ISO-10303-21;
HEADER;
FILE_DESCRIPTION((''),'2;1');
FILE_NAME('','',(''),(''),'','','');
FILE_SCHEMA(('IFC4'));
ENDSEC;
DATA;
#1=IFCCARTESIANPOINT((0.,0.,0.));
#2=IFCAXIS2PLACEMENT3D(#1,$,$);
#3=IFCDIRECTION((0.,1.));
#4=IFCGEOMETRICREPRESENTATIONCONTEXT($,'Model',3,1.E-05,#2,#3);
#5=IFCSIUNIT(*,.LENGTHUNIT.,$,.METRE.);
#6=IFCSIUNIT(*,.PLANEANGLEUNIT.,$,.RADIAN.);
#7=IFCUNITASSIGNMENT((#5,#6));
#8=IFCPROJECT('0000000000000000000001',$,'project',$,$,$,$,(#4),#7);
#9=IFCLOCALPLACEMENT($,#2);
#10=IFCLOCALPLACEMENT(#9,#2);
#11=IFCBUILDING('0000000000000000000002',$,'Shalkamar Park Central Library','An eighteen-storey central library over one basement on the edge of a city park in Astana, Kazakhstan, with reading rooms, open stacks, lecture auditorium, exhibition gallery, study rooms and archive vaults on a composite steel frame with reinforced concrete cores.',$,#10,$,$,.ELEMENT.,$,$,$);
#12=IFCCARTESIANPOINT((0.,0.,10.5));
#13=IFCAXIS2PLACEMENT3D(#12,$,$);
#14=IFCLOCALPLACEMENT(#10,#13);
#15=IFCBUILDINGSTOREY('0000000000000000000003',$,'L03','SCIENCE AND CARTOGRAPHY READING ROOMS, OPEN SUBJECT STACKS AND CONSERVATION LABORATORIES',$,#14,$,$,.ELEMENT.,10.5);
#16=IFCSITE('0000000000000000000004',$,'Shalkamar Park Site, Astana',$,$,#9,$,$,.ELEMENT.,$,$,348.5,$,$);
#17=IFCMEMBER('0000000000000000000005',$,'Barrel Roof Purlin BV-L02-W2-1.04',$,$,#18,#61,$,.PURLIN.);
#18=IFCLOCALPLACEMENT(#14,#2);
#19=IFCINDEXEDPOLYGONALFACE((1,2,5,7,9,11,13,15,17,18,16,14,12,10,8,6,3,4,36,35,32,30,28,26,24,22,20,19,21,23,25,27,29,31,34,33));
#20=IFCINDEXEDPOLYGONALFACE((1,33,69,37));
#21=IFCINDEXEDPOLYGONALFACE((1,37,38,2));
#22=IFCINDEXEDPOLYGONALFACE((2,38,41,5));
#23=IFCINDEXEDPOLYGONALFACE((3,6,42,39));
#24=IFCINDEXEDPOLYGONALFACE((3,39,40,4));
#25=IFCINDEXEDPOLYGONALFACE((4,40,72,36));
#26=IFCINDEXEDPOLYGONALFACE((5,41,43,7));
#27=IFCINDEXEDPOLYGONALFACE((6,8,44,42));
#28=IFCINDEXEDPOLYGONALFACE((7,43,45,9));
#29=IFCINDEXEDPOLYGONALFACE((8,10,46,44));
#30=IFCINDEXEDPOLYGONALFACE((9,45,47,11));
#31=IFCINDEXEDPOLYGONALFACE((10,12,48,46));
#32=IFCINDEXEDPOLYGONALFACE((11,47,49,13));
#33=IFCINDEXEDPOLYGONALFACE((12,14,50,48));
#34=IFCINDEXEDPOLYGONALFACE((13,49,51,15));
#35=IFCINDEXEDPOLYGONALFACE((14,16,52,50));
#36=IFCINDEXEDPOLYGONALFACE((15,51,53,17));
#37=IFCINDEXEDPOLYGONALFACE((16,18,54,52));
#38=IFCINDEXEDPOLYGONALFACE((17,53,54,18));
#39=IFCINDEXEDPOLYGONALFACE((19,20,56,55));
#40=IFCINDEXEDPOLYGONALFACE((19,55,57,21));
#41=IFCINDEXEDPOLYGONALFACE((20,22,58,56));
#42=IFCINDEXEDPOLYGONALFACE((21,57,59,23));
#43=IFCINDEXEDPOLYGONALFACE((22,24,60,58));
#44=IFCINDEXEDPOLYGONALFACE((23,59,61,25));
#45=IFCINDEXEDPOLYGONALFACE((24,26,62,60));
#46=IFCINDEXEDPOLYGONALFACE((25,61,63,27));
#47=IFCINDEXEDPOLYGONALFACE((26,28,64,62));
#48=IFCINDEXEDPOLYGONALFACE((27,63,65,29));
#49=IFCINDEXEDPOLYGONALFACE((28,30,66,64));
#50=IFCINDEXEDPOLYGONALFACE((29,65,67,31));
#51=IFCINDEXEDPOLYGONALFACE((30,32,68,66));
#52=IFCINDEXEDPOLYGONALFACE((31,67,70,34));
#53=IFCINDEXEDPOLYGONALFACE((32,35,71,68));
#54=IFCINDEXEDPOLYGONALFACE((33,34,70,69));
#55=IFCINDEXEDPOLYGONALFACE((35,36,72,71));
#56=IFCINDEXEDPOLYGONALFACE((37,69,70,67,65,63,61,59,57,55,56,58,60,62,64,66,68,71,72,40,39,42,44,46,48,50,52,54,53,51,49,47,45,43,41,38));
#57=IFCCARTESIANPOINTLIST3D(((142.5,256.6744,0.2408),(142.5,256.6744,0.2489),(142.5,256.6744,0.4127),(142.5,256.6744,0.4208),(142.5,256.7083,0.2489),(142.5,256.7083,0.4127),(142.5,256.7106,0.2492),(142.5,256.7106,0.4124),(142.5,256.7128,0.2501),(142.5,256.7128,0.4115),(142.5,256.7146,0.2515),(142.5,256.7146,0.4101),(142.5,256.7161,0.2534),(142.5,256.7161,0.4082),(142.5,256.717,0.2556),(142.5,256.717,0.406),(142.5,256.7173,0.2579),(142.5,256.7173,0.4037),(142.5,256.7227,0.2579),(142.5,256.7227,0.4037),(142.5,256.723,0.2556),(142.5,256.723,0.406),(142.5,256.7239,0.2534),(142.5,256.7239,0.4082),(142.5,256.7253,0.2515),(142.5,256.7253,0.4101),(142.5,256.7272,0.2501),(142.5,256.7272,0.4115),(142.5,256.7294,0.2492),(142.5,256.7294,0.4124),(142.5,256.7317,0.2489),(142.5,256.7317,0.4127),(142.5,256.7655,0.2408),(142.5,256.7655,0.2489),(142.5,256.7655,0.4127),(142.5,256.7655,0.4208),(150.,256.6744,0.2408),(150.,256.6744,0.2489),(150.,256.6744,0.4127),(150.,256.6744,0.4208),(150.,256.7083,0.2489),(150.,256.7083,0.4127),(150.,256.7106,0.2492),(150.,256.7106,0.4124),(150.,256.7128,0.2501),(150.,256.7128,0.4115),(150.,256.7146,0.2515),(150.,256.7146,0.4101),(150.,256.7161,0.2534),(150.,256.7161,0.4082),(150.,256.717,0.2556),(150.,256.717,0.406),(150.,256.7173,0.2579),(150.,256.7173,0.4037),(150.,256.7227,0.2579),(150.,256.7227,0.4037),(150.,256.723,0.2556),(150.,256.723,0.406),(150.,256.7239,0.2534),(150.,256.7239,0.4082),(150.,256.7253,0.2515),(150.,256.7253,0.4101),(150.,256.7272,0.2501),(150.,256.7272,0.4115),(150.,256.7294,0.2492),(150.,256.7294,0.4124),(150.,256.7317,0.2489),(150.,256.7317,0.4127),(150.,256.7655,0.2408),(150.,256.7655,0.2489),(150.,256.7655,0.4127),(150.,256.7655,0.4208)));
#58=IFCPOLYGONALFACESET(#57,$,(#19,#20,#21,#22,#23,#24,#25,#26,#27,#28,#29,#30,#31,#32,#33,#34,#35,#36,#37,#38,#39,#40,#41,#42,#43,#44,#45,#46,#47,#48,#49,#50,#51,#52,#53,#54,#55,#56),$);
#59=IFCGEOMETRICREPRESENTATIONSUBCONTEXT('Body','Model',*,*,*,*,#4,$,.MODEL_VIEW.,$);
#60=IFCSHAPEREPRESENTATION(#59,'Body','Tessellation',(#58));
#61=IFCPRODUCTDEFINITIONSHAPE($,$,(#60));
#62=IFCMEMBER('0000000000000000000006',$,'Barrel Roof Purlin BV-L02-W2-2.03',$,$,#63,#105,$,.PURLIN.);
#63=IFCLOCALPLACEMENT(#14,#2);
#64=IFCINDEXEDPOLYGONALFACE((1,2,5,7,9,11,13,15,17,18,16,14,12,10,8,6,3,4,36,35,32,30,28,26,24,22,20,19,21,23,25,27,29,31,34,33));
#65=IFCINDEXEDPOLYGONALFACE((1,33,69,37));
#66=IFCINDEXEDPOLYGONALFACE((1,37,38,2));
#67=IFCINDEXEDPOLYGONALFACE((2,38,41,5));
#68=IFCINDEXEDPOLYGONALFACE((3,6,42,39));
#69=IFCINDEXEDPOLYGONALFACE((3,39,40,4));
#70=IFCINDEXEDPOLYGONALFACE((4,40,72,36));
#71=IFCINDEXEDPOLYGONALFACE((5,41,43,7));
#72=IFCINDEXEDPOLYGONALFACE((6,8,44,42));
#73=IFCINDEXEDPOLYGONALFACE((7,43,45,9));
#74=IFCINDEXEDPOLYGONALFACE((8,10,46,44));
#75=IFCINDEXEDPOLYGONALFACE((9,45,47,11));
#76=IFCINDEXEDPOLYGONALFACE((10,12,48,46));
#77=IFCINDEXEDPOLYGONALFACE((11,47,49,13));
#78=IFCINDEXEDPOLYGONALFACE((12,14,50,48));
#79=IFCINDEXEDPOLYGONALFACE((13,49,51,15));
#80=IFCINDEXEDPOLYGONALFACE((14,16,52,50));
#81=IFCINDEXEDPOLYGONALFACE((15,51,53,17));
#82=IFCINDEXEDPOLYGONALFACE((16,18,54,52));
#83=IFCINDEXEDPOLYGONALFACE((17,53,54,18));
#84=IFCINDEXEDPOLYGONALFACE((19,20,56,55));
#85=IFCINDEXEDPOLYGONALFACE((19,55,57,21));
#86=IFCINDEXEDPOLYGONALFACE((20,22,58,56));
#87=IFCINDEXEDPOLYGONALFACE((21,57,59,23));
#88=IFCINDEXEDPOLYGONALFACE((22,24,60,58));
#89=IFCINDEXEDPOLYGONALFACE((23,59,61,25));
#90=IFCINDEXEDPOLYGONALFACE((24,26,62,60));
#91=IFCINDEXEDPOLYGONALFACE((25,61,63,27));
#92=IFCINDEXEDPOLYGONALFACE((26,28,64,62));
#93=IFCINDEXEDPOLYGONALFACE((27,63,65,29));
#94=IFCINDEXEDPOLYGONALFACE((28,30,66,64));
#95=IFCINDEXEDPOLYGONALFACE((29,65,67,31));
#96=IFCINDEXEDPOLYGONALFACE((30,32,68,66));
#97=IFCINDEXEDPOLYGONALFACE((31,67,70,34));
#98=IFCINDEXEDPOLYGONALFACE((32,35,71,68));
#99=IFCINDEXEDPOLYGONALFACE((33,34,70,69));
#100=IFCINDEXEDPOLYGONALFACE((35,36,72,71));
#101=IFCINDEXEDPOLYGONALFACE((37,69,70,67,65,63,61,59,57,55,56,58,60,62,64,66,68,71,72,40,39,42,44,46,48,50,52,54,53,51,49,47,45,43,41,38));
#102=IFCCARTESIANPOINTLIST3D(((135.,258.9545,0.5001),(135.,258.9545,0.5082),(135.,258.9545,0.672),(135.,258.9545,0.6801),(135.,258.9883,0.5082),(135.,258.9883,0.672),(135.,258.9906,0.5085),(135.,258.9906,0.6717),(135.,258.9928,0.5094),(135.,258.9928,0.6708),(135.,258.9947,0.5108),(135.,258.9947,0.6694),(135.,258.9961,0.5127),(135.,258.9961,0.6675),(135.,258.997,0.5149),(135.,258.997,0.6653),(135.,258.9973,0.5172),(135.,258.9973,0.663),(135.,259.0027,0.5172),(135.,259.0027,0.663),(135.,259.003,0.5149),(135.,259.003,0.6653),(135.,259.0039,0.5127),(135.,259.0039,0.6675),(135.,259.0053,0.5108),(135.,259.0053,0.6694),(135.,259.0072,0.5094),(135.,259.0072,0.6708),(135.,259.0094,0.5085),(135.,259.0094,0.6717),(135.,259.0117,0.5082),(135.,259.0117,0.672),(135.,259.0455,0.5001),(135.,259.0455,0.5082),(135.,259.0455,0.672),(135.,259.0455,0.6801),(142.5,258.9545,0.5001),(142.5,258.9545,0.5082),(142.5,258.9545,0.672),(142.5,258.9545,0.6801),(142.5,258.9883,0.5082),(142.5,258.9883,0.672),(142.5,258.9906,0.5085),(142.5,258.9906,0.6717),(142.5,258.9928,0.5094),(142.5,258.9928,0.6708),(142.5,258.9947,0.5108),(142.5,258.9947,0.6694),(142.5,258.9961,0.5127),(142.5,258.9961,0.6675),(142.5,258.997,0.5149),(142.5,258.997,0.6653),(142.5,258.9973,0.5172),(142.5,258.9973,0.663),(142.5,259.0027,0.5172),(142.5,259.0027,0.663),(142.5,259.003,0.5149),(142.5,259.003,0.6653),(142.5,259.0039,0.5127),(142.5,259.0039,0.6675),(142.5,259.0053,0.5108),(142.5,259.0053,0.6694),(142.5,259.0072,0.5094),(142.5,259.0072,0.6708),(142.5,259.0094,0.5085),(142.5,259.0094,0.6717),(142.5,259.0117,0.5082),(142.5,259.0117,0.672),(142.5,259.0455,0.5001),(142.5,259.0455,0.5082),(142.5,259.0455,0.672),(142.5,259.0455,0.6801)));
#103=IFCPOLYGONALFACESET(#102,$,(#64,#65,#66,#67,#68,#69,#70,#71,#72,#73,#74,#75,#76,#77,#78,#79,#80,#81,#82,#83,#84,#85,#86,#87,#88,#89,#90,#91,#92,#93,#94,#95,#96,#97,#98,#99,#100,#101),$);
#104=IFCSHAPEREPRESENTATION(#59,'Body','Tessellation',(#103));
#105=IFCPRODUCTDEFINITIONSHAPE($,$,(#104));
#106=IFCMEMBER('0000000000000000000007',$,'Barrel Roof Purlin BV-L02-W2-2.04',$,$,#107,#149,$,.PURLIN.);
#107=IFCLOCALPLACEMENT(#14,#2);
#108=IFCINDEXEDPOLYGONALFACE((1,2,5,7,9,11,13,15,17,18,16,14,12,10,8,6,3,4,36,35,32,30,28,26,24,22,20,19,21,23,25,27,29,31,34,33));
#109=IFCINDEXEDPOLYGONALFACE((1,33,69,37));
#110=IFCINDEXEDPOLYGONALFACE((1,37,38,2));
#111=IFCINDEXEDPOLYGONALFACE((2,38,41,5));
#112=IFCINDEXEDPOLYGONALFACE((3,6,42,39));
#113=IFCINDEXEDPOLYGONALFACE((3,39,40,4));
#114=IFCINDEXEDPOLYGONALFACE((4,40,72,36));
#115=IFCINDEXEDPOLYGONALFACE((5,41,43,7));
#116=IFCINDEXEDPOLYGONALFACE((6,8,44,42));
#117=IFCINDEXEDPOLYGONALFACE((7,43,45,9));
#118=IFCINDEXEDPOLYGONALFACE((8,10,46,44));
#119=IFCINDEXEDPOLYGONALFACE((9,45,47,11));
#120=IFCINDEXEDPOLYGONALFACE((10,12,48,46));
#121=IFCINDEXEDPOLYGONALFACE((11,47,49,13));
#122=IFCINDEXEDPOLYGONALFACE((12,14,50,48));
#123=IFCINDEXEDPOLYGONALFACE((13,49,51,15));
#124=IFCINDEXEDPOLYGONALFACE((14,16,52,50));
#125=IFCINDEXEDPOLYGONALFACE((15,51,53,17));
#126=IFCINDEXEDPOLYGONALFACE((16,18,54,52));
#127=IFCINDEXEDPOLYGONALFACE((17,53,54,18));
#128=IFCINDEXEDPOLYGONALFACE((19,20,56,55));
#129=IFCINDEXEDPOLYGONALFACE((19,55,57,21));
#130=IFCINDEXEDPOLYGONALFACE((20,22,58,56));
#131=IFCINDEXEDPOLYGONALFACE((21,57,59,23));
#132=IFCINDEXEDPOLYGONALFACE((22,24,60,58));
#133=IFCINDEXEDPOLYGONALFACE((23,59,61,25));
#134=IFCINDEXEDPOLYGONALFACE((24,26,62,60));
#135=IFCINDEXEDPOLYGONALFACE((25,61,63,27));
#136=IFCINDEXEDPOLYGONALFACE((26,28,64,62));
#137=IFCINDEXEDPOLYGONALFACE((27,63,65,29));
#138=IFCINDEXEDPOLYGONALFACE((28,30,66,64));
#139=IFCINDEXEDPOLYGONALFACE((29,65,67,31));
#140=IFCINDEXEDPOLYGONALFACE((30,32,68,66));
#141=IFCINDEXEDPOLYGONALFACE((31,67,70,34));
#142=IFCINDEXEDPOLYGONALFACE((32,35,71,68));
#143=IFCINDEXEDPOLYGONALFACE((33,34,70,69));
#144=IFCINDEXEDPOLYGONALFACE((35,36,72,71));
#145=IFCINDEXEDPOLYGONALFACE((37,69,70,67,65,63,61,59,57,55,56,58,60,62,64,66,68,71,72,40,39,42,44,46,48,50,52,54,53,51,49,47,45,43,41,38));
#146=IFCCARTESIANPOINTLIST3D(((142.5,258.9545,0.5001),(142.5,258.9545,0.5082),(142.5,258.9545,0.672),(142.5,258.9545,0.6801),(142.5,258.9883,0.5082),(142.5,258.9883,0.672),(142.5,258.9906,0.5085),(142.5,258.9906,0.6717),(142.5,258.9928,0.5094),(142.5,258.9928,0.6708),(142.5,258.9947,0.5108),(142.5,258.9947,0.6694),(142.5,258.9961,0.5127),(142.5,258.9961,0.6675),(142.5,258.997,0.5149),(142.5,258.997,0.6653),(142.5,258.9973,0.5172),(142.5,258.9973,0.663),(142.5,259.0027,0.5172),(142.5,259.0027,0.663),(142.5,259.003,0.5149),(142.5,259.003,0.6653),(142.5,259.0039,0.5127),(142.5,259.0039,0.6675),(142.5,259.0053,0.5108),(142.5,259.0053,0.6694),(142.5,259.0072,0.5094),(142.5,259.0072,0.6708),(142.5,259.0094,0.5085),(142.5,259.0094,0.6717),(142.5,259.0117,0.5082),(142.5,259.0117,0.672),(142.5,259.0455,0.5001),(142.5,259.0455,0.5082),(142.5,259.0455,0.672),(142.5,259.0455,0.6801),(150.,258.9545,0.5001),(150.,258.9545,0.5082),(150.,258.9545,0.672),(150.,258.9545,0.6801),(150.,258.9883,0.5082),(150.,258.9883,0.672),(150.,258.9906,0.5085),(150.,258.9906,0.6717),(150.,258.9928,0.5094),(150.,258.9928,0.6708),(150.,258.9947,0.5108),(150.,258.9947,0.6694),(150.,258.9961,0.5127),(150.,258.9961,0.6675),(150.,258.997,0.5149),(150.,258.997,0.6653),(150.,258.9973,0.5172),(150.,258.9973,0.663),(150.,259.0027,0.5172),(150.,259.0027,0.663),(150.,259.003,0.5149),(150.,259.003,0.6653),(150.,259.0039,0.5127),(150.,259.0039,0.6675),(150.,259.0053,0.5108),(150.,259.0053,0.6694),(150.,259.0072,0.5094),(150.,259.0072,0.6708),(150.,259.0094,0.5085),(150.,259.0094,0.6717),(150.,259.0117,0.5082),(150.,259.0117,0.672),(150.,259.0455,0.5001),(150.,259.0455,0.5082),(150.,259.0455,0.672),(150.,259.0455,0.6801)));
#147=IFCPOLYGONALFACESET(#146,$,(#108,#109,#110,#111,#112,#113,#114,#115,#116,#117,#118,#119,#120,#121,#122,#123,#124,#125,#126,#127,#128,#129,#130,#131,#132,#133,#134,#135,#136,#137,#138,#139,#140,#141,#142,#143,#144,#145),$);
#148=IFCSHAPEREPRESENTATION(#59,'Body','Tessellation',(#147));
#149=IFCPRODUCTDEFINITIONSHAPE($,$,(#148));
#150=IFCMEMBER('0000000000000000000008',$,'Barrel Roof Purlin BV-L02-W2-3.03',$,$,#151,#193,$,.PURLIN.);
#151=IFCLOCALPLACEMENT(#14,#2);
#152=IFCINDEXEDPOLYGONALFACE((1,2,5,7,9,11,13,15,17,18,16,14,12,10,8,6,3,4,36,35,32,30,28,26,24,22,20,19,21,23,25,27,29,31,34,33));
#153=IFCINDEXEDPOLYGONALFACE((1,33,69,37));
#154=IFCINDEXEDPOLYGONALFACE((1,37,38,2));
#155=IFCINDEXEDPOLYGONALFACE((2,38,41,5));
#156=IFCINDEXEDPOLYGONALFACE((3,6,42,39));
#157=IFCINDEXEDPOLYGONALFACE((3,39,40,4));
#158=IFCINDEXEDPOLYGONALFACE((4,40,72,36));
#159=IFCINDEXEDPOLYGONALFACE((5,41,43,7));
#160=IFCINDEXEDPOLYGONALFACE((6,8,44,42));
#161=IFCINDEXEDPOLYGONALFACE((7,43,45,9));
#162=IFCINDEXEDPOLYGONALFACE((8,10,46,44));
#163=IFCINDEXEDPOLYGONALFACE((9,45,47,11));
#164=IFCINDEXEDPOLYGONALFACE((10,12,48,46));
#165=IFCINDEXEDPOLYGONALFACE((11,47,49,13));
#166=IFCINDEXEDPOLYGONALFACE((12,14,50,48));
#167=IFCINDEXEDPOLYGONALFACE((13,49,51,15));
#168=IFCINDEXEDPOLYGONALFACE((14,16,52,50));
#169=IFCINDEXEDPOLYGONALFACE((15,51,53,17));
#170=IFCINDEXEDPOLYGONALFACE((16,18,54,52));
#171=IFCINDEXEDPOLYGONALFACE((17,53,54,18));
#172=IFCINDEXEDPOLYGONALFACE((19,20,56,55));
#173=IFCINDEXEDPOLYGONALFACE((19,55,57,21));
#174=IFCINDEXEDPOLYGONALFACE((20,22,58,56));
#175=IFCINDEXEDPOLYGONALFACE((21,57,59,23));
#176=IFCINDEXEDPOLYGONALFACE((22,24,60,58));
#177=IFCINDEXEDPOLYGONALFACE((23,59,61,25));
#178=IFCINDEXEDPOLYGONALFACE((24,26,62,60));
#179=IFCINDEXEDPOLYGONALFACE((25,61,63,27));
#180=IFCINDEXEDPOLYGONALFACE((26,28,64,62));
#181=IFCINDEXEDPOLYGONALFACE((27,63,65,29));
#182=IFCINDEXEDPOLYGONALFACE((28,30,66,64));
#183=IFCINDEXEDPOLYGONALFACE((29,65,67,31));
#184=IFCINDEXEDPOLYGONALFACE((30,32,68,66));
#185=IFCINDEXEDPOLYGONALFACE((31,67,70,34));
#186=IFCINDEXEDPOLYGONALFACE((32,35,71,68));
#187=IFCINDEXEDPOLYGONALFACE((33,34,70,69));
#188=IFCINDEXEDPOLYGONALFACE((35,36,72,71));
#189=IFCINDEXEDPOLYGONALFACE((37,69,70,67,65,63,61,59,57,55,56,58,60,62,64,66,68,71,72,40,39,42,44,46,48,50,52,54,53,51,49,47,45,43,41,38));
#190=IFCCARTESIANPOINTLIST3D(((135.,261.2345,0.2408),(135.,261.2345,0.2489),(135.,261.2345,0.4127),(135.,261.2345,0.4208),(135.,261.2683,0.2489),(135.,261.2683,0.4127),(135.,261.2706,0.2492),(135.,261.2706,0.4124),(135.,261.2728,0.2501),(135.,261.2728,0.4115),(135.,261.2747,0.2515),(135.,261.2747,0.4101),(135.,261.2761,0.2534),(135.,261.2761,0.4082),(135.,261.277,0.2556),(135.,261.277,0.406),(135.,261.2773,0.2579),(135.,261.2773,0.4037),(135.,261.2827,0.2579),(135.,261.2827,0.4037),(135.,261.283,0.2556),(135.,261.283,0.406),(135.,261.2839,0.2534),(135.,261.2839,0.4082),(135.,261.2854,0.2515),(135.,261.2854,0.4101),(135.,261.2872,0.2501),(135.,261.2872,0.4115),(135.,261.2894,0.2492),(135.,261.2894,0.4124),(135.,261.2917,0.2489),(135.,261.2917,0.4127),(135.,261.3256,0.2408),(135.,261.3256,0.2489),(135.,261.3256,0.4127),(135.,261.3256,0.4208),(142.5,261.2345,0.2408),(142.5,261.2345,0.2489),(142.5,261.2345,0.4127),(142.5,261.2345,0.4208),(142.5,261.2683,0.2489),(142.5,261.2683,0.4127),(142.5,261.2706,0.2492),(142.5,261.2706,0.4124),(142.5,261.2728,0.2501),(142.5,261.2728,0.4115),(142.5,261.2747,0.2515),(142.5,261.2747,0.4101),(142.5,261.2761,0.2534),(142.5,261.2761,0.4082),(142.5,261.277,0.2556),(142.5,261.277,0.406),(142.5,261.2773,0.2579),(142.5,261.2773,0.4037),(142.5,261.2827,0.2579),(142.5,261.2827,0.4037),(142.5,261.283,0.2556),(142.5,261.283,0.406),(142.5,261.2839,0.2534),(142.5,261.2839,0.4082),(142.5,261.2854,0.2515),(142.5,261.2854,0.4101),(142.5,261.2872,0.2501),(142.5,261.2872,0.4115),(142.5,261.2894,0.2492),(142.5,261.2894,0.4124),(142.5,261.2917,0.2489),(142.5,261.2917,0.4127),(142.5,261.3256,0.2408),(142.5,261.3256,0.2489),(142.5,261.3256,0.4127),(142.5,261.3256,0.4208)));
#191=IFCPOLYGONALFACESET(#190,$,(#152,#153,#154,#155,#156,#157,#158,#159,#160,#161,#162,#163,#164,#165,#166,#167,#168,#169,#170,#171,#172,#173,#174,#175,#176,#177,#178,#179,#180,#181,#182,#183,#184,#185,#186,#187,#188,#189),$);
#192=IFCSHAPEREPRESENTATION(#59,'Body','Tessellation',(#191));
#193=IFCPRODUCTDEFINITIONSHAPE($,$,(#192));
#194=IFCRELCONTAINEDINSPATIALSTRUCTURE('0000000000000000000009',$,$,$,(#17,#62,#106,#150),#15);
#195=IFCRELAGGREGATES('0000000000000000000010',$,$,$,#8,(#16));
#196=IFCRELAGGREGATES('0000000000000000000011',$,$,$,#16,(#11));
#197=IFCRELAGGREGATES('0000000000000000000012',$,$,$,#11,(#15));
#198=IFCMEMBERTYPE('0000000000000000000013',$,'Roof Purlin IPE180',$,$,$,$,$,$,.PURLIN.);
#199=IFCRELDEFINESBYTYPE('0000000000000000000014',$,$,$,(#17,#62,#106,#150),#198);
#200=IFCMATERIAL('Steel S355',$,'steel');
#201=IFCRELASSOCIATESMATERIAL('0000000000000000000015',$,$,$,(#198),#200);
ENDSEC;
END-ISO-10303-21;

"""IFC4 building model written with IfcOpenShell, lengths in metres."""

from ifc_helpers import new_model, si_unit, direction, frame, origin, origin_2d, place, context, subcontext, project, spatial, i_section, extrude, material, material_profile, profile_set, type_object, element, save


model = new_model("IFC4")

# Units and contexts
model_context = context("Model", 3, precision=1e-05, world=origin(), true_north=direction((0.0, 1.0)))
body_context = subcontext(model_context, "Body", "Model", "MODEL_VIEW")
ifc_project = project(units=[si_unit("LENGTHUNIT", "METRE"), si_unit("PLANEANGLEUNIT", "RADIAN")], contexts=[model_context])

# Site, building, storey
site_placement = place(None, origin())
site = spatial("IfcSite", under=ifc_project, at=site_placement, Name="Shalkamar Park Site, Astana", CompositionType="ELEMENT", RefElevation=348.5)
building_placement = place(site_placement, origin())
building = spatial("IfcBuilding", under=site, at=building_placement, Name="Shalkamar Park Central Library", Description="An eighteen-storey central library over one basement on the edge of a city park in Astana, Kazakhstan, with reading rooms, open stacks, lecture auditorium, exhibition gallery, study rooms and archive vaults on a composite steel frame with reinforced concrete cores.", CompositionType="ELEMENT")
storey_placement = place(building_placement, frame((0.0, 0.0, 10.5)))
storey = spatial("IfcBuildingStorey", under=building, at=storey_placement, Name="L03", Description="SCIENCE AND CARTOGRAPHY READING ROOMS, OPEN SUBJECT STACKS AND CONSERVATION LABORATORIES", CompositionType="ELEMENT", Elevation=10.5)

# Members
ifc_material_1 = material(Name="Steel S355", Category="steel")
ifc_material_profile_1 = material_profile(ifc_material_1, i_section(OverallWidth=0.0911, OverallDepth=0.1799, WebThickness=0.0054, FlangeThickness=0.0081, FilletRadius=0.009, at=origin_2d()), Name="IPE 180")
ifc_profile_set_1 = profile_set([ifc_material_profile_1], Name="Steel S355")
member_type_1 = type_object("IfcMemberType", Name="Roof Purlin IPE180", PredefinedType="PURLIN", material=ifc_profile_set_1)
for number, where, z_axis, x_axis, name in (
    (1, (142.5, 256.72, 0.3308), (1.0, 0.0, 0.0), (0.0, 1.0, 0.0), "Barrel Roof Purlin BV-L02-W2-1.04"),
    (2, (135.0, 259.0, 0.5901), (1.0, 0.0, 0.0), (0.0, 1.0, 0.0), "Barrel Roof Purlin BV-L02-W2-2.03"),
    (3, (142.5, 259.0, 0.5901), (1.0, 0.0, 0.0), (0.0, 1.0, 0.0), "Barrel Roof Purlin BV-L02-W2-2.04"),
    (4, (135.0, 261.28, 0.3308), (1.0, 0.0, 0.0), (0.0, 1.0, 0.0), "Barrel Roof Purlin BV-L02-W2-3.03"),
):
    element("IfcMember", number, at=place(storey_placement, frame(where, z_axis=z_axis, x_axis=x_axis)), inside=storey, type_object=member_type_1, Name=name, PredefinedType="PURLIN", context=body_context, shape_type="SweptSolid", body=[
        extrude(i_section(OverallWidth=0.0911, OverallDepth=0.1799, WebThickness=0.0054, FlangeThickness=0.0081, FilletRadius=0.009, at=origin_2d()), origin(), (0.0, 0.0, 1.0), 7.5),
    ])

save(model, "model.ifc")
